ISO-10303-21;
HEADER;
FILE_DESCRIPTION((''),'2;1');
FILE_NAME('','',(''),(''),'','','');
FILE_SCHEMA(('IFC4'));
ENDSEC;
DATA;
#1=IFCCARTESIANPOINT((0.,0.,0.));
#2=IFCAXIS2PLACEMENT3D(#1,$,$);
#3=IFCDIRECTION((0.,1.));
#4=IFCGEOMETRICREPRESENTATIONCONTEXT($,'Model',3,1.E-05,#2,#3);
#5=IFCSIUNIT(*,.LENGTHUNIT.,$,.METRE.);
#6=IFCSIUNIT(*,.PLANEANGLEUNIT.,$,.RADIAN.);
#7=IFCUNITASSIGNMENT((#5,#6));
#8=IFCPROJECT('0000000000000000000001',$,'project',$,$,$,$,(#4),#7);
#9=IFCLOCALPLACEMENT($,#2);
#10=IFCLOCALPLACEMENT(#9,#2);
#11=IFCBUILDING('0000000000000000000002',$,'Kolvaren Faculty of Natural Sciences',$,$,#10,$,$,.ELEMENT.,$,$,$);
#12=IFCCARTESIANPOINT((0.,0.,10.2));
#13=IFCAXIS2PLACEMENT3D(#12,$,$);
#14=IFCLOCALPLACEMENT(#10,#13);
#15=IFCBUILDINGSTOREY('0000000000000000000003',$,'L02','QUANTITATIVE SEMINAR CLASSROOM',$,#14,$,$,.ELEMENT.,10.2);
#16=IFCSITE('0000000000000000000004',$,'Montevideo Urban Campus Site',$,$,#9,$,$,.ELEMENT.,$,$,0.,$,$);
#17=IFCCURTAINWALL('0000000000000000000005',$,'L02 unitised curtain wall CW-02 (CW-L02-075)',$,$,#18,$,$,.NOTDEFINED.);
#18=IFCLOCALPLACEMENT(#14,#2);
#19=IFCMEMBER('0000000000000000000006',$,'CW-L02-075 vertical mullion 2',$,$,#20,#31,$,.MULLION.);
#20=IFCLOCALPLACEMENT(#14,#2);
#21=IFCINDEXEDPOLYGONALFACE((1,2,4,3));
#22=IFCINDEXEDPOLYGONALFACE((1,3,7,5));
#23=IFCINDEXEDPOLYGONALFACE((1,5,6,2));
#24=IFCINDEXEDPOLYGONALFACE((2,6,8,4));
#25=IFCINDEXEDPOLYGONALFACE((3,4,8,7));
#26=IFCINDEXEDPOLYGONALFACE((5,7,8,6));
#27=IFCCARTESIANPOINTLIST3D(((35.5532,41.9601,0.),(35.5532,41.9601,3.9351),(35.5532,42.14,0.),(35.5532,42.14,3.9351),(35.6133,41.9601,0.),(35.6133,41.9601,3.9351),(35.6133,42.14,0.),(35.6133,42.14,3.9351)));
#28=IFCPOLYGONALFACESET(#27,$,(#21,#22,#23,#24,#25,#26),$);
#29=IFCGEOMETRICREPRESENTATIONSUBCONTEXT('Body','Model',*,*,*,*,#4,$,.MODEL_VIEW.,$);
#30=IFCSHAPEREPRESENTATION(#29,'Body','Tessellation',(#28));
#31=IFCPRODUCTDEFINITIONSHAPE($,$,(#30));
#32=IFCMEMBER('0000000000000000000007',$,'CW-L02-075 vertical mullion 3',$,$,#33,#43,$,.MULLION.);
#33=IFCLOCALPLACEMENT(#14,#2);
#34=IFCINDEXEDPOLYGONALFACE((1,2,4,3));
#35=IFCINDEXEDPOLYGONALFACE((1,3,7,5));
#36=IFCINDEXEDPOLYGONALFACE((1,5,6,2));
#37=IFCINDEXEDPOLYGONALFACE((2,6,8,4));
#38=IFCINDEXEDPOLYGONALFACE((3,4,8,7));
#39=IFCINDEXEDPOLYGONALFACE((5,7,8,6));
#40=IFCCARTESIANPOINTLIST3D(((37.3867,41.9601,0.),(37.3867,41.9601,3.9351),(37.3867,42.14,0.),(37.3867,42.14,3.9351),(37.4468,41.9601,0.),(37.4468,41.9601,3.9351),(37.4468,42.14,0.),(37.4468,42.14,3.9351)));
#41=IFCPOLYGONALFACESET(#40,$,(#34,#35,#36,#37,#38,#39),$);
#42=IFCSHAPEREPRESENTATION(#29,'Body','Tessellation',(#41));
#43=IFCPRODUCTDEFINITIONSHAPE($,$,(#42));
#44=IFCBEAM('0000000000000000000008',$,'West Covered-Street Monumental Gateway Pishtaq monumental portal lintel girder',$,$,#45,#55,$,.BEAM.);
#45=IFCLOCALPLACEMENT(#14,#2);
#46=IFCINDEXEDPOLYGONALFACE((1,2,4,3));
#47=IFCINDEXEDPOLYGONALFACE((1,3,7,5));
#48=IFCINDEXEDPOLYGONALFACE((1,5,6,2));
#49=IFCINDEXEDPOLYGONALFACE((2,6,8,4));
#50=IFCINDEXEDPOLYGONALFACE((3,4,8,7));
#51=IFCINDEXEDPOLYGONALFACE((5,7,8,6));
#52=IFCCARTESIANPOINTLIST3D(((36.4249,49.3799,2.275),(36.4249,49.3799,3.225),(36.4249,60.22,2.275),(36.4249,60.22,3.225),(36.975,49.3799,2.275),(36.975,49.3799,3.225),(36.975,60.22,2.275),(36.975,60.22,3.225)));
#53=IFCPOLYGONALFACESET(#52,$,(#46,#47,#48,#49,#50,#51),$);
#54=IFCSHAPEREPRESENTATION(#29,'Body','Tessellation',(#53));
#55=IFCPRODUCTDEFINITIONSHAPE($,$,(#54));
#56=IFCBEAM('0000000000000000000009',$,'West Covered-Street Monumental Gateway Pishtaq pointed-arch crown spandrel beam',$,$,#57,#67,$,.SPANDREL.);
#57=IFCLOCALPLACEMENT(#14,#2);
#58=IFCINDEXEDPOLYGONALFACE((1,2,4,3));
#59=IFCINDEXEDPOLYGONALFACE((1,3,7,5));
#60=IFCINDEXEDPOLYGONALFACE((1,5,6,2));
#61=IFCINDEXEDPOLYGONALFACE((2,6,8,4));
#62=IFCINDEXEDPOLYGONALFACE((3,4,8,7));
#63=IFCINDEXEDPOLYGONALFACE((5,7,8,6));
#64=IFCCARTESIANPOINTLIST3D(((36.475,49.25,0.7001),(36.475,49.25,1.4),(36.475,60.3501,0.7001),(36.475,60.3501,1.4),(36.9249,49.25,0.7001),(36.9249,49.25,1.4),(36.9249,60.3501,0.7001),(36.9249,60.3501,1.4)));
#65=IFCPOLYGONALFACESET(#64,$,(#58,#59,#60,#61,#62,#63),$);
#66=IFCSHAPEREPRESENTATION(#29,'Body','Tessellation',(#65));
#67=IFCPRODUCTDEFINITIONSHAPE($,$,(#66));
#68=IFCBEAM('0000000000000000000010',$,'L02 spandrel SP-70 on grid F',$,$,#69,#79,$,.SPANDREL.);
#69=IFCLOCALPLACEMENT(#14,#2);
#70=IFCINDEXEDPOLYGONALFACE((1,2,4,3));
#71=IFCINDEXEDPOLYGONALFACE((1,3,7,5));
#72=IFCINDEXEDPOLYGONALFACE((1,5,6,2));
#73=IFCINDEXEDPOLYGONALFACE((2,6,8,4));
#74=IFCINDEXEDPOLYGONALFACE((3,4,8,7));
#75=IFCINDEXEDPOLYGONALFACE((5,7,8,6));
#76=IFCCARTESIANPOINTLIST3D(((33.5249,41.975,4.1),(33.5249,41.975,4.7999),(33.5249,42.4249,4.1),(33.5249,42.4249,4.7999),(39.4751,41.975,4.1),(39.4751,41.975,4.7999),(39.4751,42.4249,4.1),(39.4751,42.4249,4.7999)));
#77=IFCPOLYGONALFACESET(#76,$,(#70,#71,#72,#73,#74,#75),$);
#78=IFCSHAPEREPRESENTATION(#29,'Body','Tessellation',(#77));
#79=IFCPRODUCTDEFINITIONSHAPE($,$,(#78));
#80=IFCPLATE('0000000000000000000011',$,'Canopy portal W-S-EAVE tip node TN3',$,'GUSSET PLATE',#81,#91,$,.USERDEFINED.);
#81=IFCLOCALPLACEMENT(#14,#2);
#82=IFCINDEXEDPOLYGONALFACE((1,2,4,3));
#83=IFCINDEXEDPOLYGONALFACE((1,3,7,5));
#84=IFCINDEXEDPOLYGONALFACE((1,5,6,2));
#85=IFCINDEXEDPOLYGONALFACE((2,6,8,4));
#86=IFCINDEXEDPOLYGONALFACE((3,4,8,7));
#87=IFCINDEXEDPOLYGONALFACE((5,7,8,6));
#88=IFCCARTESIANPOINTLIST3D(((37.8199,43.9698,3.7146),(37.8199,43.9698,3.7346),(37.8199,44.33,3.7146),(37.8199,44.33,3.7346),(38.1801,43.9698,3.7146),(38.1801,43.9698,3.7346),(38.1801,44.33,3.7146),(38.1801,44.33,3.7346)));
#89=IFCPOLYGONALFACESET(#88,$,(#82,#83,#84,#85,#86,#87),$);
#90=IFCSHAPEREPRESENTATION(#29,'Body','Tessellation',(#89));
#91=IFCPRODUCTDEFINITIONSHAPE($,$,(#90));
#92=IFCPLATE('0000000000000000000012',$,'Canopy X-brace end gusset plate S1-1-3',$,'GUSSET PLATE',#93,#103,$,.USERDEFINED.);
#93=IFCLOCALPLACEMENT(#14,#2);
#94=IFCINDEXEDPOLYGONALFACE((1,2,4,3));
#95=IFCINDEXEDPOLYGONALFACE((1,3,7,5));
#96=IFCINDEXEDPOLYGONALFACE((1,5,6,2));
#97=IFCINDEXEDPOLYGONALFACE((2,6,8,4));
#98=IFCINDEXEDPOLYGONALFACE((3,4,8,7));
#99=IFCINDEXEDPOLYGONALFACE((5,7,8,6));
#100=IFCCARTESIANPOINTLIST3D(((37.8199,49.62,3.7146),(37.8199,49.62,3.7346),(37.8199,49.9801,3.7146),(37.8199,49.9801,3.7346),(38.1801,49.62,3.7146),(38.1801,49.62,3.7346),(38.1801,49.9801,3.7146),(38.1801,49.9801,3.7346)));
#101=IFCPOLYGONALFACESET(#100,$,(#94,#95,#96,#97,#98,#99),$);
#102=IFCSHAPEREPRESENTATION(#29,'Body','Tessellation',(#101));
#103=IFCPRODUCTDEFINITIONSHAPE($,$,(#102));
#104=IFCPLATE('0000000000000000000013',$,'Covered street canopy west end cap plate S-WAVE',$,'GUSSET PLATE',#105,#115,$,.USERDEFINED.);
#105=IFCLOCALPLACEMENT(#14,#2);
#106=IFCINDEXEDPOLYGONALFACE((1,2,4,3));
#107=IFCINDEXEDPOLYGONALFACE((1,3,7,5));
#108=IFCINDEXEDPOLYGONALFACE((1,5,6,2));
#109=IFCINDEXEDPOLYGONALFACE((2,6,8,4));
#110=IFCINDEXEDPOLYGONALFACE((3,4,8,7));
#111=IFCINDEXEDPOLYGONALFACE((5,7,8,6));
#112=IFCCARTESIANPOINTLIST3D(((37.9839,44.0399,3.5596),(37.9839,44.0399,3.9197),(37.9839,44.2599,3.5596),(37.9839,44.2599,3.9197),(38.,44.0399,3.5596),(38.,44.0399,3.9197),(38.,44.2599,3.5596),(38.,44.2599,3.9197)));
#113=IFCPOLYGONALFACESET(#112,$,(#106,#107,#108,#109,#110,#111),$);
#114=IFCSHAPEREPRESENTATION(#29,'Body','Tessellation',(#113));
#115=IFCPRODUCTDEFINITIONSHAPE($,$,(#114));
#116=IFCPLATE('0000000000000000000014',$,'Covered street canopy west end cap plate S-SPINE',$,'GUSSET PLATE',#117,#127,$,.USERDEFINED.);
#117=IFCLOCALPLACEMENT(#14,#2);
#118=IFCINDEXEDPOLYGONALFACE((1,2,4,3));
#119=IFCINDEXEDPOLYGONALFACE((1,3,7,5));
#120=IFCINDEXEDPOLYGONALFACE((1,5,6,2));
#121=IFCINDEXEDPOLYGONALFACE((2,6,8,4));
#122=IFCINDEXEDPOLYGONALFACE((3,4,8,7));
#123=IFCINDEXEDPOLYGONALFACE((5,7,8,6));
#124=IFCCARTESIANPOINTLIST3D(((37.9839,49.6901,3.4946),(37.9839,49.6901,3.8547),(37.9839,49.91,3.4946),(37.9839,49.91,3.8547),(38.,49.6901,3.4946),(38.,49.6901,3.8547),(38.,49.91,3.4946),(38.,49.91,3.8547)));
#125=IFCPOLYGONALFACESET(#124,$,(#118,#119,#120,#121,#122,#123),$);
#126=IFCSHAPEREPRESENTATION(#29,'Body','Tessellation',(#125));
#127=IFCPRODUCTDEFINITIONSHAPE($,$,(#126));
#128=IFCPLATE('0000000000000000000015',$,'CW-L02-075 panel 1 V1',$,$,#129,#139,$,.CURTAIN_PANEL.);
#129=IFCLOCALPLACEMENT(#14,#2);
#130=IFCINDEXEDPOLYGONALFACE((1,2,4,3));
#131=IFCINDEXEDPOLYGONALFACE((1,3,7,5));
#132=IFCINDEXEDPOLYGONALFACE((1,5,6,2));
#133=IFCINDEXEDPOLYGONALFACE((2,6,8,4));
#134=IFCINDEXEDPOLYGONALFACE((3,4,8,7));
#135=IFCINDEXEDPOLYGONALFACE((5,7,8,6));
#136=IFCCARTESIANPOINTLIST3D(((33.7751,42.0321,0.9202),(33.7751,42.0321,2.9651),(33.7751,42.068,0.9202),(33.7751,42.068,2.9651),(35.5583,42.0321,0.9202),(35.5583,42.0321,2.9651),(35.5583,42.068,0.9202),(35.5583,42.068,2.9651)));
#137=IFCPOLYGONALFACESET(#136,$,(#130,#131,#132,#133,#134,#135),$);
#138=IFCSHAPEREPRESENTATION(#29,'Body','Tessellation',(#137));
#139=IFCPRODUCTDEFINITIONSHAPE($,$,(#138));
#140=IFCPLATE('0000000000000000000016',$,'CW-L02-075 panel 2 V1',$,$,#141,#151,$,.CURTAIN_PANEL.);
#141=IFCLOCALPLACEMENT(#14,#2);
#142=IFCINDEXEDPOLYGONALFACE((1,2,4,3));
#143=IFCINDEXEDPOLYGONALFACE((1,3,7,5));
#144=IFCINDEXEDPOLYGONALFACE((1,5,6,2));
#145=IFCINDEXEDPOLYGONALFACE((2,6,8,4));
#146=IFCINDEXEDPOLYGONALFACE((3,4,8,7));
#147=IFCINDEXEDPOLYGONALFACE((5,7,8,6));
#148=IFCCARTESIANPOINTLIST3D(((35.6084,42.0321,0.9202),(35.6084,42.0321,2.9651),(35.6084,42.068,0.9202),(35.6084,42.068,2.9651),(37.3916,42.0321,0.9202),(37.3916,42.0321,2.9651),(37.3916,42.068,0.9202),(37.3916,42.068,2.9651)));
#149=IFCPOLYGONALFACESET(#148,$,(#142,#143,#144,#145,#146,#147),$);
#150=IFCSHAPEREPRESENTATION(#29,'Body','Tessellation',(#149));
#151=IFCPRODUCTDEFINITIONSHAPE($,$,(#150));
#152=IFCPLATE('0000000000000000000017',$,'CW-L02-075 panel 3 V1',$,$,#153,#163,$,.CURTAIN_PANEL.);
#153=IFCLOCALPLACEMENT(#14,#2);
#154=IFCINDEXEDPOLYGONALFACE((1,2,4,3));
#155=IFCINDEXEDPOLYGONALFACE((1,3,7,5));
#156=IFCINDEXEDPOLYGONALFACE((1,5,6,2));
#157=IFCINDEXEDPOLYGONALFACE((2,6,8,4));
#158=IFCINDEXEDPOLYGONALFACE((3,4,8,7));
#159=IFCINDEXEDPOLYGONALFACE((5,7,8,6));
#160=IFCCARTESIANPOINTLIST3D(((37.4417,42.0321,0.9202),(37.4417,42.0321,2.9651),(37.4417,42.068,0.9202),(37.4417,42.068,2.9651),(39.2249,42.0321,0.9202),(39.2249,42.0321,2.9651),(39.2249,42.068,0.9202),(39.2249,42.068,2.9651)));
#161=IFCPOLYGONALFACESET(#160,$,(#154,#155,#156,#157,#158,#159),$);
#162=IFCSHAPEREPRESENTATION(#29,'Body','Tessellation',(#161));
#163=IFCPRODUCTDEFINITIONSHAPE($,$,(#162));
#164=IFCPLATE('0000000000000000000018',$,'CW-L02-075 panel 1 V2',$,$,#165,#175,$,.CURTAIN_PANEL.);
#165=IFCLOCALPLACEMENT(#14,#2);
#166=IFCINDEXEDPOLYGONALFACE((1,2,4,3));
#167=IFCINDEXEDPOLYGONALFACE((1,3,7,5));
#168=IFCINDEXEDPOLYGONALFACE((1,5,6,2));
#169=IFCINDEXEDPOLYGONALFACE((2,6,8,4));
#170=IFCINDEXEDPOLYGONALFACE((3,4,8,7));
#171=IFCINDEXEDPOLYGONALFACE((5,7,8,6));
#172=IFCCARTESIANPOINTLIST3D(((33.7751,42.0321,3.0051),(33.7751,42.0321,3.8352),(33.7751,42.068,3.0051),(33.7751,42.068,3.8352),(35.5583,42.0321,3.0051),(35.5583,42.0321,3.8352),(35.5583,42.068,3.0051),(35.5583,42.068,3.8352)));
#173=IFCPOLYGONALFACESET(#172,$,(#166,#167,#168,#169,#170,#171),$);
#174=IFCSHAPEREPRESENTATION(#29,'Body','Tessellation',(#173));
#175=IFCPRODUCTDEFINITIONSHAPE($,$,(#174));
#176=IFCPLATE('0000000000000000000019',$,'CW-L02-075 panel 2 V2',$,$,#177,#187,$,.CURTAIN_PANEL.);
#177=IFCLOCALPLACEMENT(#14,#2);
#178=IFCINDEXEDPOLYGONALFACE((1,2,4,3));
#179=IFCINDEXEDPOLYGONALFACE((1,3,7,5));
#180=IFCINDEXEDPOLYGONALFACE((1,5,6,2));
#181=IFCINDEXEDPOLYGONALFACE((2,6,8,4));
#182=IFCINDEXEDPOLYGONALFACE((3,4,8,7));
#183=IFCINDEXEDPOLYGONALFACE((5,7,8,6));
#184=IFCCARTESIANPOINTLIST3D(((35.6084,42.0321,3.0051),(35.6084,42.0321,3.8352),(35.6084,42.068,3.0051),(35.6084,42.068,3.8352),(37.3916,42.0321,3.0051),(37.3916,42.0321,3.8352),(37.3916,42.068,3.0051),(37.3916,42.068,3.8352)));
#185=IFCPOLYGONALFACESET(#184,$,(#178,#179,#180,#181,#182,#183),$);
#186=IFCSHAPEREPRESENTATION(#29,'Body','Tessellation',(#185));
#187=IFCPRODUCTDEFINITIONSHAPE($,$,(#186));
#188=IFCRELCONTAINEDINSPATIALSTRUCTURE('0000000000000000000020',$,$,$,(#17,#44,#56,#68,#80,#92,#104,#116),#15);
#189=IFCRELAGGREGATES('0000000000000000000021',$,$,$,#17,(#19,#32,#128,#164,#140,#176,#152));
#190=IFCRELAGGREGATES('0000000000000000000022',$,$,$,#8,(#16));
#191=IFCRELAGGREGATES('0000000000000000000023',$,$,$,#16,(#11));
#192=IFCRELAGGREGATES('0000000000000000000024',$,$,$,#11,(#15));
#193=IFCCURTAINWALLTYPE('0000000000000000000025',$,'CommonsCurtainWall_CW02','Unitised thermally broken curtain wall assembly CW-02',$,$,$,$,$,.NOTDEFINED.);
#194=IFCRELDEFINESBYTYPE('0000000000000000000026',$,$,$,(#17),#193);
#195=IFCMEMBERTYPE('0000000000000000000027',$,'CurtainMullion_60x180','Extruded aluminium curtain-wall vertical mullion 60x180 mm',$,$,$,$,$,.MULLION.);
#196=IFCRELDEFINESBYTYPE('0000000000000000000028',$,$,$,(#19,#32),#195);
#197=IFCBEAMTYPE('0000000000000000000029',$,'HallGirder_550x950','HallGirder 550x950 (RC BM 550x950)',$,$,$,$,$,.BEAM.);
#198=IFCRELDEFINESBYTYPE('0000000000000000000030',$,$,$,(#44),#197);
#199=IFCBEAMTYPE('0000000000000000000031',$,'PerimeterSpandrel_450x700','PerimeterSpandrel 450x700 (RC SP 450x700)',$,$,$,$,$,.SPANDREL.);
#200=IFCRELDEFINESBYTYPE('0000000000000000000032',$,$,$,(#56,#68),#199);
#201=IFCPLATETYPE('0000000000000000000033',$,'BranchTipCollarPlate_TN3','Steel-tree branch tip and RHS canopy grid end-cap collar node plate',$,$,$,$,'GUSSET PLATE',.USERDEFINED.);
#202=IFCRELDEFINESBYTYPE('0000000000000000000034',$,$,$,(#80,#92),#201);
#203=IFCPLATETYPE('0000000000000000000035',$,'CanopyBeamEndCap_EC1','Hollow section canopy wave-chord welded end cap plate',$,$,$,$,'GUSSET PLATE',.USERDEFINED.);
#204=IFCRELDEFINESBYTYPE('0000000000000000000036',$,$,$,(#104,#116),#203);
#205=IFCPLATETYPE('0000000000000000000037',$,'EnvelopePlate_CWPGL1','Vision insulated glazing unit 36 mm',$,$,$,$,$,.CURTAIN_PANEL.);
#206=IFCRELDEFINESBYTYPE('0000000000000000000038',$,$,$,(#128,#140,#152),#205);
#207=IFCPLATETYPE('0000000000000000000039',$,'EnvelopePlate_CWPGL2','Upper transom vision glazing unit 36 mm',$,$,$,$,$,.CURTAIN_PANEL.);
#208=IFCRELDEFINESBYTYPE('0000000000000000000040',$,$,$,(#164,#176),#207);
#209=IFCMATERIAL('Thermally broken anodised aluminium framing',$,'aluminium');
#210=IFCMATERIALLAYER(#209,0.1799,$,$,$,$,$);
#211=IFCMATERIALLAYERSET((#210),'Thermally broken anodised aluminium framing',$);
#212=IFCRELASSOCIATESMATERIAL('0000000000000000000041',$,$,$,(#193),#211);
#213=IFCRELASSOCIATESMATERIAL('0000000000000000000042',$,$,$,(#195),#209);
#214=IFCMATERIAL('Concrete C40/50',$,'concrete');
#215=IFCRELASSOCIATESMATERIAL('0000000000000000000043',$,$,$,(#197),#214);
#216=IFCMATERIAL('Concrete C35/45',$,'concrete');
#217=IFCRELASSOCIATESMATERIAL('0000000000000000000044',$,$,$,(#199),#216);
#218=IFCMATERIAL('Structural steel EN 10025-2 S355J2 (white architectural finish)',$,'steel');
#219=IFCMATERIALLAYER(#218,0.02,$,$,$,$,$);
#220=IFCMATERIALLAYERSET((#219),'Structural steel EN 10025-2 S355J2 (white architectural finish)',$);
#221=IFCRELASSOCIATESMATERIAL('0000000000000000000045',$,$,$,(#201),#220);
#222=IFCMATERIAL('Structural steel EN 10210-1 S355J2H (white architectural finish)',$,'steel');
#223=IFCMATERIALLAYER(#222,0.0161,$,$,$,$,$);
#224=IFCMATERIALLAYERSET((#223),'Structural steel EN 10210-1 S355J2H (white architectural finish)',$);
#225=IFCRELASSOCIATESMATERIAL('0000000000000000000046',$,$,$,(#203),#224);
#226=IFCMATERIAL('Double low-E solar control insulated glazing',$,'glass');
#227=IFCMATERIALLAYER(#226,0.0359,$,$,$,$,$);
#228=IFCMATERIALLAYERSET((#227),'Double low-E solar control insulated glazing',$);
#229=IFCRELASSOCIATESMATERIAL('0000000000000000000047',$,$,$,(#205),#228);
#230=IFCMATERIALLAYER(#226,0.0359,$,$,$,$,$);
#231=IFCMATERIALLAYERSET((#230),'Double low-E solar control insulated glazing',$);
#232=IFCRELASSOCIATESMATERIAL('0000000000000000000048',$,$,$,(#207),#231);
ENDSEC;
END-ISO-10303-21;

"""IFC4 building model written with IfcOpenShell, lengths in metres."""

from ifc_helpers import new_model, si_unit, direction, frame, origin, origin_2d, place, context, subcontext, project, spatial, rectangle, extrude, material, layer, layer_set, material_profile, profile_set, type_object, element, aggregate, save


model = new_model("IFC4")

# Units and contexts
model_context = context("Model", 3, precision=1e-05, world=origin(), true_north=direction((0.0, 1.0)))
body_context = subcontext(model_context, "Body", "Model", "MODEL_VIEW")
ifc_project = project(units=[si_unit("LENGTHUNIT", "METRE"), si_unit("PLANEANGLEUNIT", "RADIAN")], contexts=[model_context])

# Site, building, storey
site_placement = place(None, origin())
site = spatial("IfcSite", under=ifc_project, at=site_placement, Name="Montevideo Urban Campus Site", CompositionType="ELEMENT", RefElevation=0.0)
building_placement = place(site_placement, origin())
building = spatial("IfcBuilding", under=site, at=building_placement, Name="Kolvaren Faculty of Natural Sciences", CompositionType="ELEMENT")
storey_placement = place(building_placement, frame((0.0, 0.0, 10.2)))
storey = spatial("IfcBuildingStorey", under=building, at=storey_placement, Name="L02", Description="QUANTITATIVE SEMINAR CLASSROOM", CompositionType="ELEMENT", Elevation=10.2)

# Shared definitions
ifc_material_1 = material(Name="Concrete C40/50", Category="concrete")

# Shared definitions
ifc_material_2 = material(Name="Structural steel EN 10210-1 S355J2H (white architectural finish)", Category="steel")

# Curtain wall, members
ifc_material_3 = material(Name="Thermally broken anodised aluminium framing", Category="aluminium")
ifc_layer_1 = layer(ifc_material_3, 0.1799)
ifc_layer_set_1 = layer_set([ifc_layer_1], Name="Thermally broken anodised aluminium framing")
curtain_wall_type = type_object("IfcCurtainWallType", Name="CommonsCurtainWall_CW02", Description="Unitised thermally broken curtain wall assembly CW-02", PredefinedType="NOTDEFINED", material=ifc_layer_set_1)
curtain_wall_placement = place(storey_placement, origin())
curtain_wall = element("IfcCurtainWall", 1, at=curtain_wall_placement, inside=storey, type_object=curtain_wall_type, Name="L02 unitised curtain wall CW-02 (CW-L02-075)", PredefinedType="NOTDEFINED")
ifc_material_profile_1 = material_profile(ifc_material_3, rectangle(XDim=0.0601, YDim=0.1799, at=origin_2d()), Name="ALU MUL 60x180")
ifc_profile_set_1 = profile_set([ifc_material_profile_1], Name="Thermally broken anodised aluminium framing")
member_type_1 = type_object("IfcMemberType", Name="CurtainMullion_60x180", Description="Extruded aluminium curtain-wall vertical mullion 60x180 mm", PredefinedType="MULLION", material=ifc_profile_set_1)
member_1_placement = place(storey_placement, frame((35.5833, 42.05, 0.0), z_axis=(0.0, 0.0, 1.0), x_axis=(1.0, 0.0, 0.0)))
member_1 = element("IfcMember", 2, at=member_1_placement, type_object=member_type_1, Name="CW-L02-075 vertical mullion 2", PredefinedType="MULLION", context=body_context, shape_type="SweptSolid", body=[
    extrude(rectangle(XDim=0.0601, YDim=0.1799, at=origin_2d()), origin(), (0.0, 0.0, 1.0), 3.9351),
])
member_2_placement = place(storey_placement, frame((37.4167, 42.05, 0.0), z_axis=(0.0, 0.0, 1.0), x_axis=(1.0, 0.0, 0.0)))
member_2 = element("IfcMember", 3, at=member_2_placement, type_object=member_type_1, Name="CW-L02-075 vertical mullion 3", PredefinedType="MULLION", context=body_context, shape_type="SweptSolid", body=[
    extrude(rectangle(XDim=0.0601, YDim=0.1799, at=origin_2d()), origin(), (0.0, 0.0, 1.0), 3.9351),
])

# Beams
ifc_material_profile_2 = material_profile(ifc_material_1, rectangle(XDim=0.55, YDim=0.95, at=origin_2d()), Name="RC BM 550x950")
ifc_profile_set_2 = profile_set([ifc_material_profile_2], Name="Concrete C40/50")
beam_type_1 = type_object("IfcBeamType", Name="HallGirder_550x950", Description="HallGirder 550x950 (RC BM 550x950)", PredefinedType="BEAM", material=ifc_profile_set_2)
beam_1_placement = place(storey_placement, frame((36.7, 49.3799, 2.75), z_axis=(0.0, 1.0, 0.0), x_axis=(-1.0, 0.0, 0.0)))
element("IfcBeam", 4, at=beam_1_placement, inside=storey, type_object=beam_type_1, Name="West Covered-Street Monumental Gateway Pishtaq monumental portal lintel girder", PredefinedType="BEAM", context=body_context, shape_type="SweptSolid", body=[
    extrude(rectangle(XDim=0.55, YDim=0.95, at=origin_2d()), origin(), (0.0, 0.0, 1.0), 10.8401),
])
ifc_material_4 = material(Name="Concrete C35/45", Category="concrete")
ifc_material_profile_3 = material_profile(ifc_material_4, rectangle(XDim=0.45, YDim=0.7, at=origin_2d()), Name="RC SP 450x700")
ifc_profile_set_3 = profile_set([ifc_material_profile_3], Name="Concrete C35/45")
beam_type_2 = type_object("IfcBeamType", Name="PerimeterSpandrel_450x700", Description="PerimeterSpandrel 450x700 (RC SP 450x700)", PredefinedType="SPANDREL", material=ifc_profile_set_3)
beam_2_placement = place(storey_placement, frame((36.7, 49.25, 1.05), z_axis=(0.0, 1.0, 0.0), x_axis=(-1.0, 0.0, 0.0)))
element("IfcBeam", 5, at=beam_2_placement, inside=storey, type_object=beam_type_2, Name="West Covered-Street Monumental Gateway Pishtaq pointed-arch crown spandrel beam", PredefinedType="SPANDREL", context=body_context, shape_type="SweptSolid", body=[
    extrude(rectangle(XDim=0.45, YDim=0.7, at=origin_2d()), origin(), (0.0, 0.0, 1.0), 11.1001),
])
beam_3_placement = place(storey_placement, frame((33.5249, 42.2, 4.45), z_axis=(1.0, 0.0, 0.0), x_axis=(0.0, 1.0, 0.0)))
element("IfcBeam", 6, at=beam_3_placement, inside=storey, type_object=beam_type_2, Name="L02 spandrel SP-70 on grid F", PredefinedType="SPANDREL", context=body_context, shape_type="SweptSolid", body=[
    extrude(rectangle(XDim=0.45, YDim=0.7, at=origin_2d()), origin(), (0.0, 0.0, 1.0), 5.9502),
])

# Plates
ifc_material_5 = material(Name="Structural steel EN 10025-2 S355J2 (white architectural finish)", Category="steel")
ifc_layer_2 = layer(ifc_material_5, 0.02)
ifc_layer_set_2 = layer_set([ifc_layer_2], Name="Structural steel EN 10025-2 S355J2 (white architectural finish)")
plate_type_1 = type_object("IfcPlateType", Name="BranchTipCollarPlate_TN3", Description="Steel-tree branch tip and RHS canopy grid end-cap collar node plate", ElementType="GUSSET PLATE", PredefinedType="USERDEFINED", material=ifc_layer_set_2)
for number, where, z_axis, x_axis, name in (
    (7, (38.0, 44.1499, 3.7146), (0.0, 0.0, 1.0), (1.0, 0.0, 0.0), "Canopy portal W-S-EAVE tip node TN3"),
    (8, (38.0, 49.8, 3.7146), (0.0, 0.0, 1.0), (1.0, 0.0, 0.0), "Canopy X-brace end gusset plate S1-1-3"),
):
    element("IfcPlate", number, at=place(storey_placement, frame(where, z_axis=z_axis, x_axis=x_axis)), inside=storey, type_object=plate_type_1, Name=name, ObjectType="GUSSET PLATE", PredefinedType="USERDEFINED", context=body_context, shape_type="SweptSolid", body=[
        extrude(rectangle(XDim=0.3601, YDim=0.3601, at=origin_2d()), origin(), (0.0, 0.0, 1.0), 0.02),
    ])
ifc_layer_3 = layer(ifc_material_2, 0.0161)
ifc_layer_set_3 = layer_set([ifc_layer_3], Name="Structural steel EN 10210-1 S355J2H (white architectural finish)")
plate_type_2 = type_object("IfcPlateType", Name="CanopyBeamEndCap_EC1", Description="Hollow section canopy wave-chord welded end cap plate", ElementType="GUSSET PLATE", PredefinedType="USERDEFINED", material=ifc_layer_set_3)
for number, where, z_axis, x_axis, name in (
    (9, (37.9919, 44.1499, 3.5596), (0.0, 0.0, 1.0), (1.0, 0.0, 0.0), "Covered street canopy west end cap plate S-WAVE"),
    (10, (37.9919, 49.8, 3.4946), (0.0, 0.0, 1.0), (1.0, 0.0, 0.0), "Covered street canopy west end cap plate S-SPINE"),
):
    element("IfcPlate", number, at=place(storey_placement, frame(where, z_axis=z_axis, x_axis=x_axis)), inside=storey, type_object=plate_type_2, Name=name, ObjectType="GUSSET PLATE", PredefinedType="USERDEFINED", context=body_context, shape_type="SweptSolid", body=[
        extrude(rectangle(XDim=0.0161, YDim=0.22, at=origin_2d()), origin(), (0.0, 0.0, 1.0), 0.3601),
    ])

# Plates
ifc_material_6 = material(Name="Double low-E solar control insulated glazing", Category="glass")
ifc_layer_4 = layer(ifc_material_6, 0.0359)
ifc_layer_set_4 = layer_set([ifc_layer_4], Name="Double low-E solar control insulated glazing")
plate_type_3 = type_object("IfcPlateType", Name="EnvelopePlate_CWPGL1", Description="Vision insulated glazing unit 36 mm", PredefinedType="CURTAIN_PANEL", material=ifc_layer_set_4)
plate_1_placement = place(storey_placement, frame((34.6667, 42.05, 0.9202), z_axis=(0.0, 0.0, 1.0), x_axis=(1.0, 0.0, 0.0)))
plate_1 = element("IfcPlate", 11, at=plate_1_placement, type_object=plate_type_3, Name="CW-L02-075 panel 1 V1", PredefinedType="CURTAIN_PANEL", context=body_context, shape_type="SweptSolid", body=[
    extrude(rectangle(XDim=1.7832, YDim=0.0359, at=origin_2d()), origin(), (0.0, 0.0, 1.0), 2.0449),
])
plate_2_placement = place(storey_placement, frame((36.5, 42.05, 0.9202), z_axis=(0.0, 0.0, 1.0), x_axis=(1.0, 0.0, 0.0)))
plate_2 = element("IfcPlate", 12, at=plate_2_placement, type_object=plate_type_3, Name="CW-L02-075 panel 2 V1", PredefinedType="CURTAIN_PANEL", context=body_context, shape_type="SweptSolid", body=[
    extrude(rectangle(XDim=1.7832, YDim=0.0359, at=origin_2d()), origin(), (0.0, 0.0, 1.0), 2.0449),
])
plate_3_placement = place(storey_placement, frame((38.3333, 42.05, 0.9202), z_axis=(0.0, 0.0, 1.0), x_axis=(1.0, 0.0, 0.0)))
plate_3 = element("IfcPlate", 13, at=plate_3_placement, type_object=plate_type_3, Name="CW-L02-075 panel 3 V1", PredefinedType="CURTAIN_PANEL", context=body_context, shape_type="SweptSolid", body=[
    extrude(rectangle(XDim=1.7832, YDim=0.0359, at=origin_2d()), origin(), (0.0, 0.0, 1.0), 2.0449),
])
ifc_layer_5 = layer(ifc_material_6, 0.0359)
ifc_layer_set_5 = layer_set([ifc_layer_5], Name="Double low-E solar control insulated glazing")
plate_type_4 = type_object("IfcPlateType", Name="EnvelopePlate_CWPGL2", Description="Upper transom vision glazing unit 36 mm", PredefinedType="CURTAIN_PANEL", material=ifc_layer_set_5)
plate_4_placement = place(storey_placement, frame((34.6667, 42.05, 3.0051), z_axis=(0.0, 0.0, 1.0), x_axis=(1.0, 0.0, 0.0)))
plate_4 = element("IfcPlate", 14, at=plate_4_placement, type_object=plate_type_4, Name="CW-L02-075 panel 1 V2", PredefinedType="CURTAIN_PANEL", context=body_context, shape_type="SweptSolid", body=[
    extrude(rectangle(XDim=1.7832, YDim=0.0359, at=origin_2d()), origin(), (0.0, 0.0, 1.0), 0.8301),
])
plate_5_placement = place(storey_placement, frame((36.5, 42.05, 3.0051), z_axis=(0.0, 0.0, 1.0), x_axis=(1.0, 0.0, 0.0)))
plate_5 = element("IfcPlate", 15, at=plate_5_placement, type_object=plate_type_4, Name="CW-L02-075 panel 2 V2", PredefinedType="CURTAIN_PANEL", context=body_context, shape_type="SweptSolid", body=[
    extrude(rectangle(XDim=1.7832, YDim=0.0359, at=origin_2d()), origin(), (0.0, 0.0, 1.0), 0.8301),
])
aggregate(curtain_wall, [member_1, member_2, plate_1, plate_4, plate_2, plate_5, plate_3])

save(model, "model.ifc")
